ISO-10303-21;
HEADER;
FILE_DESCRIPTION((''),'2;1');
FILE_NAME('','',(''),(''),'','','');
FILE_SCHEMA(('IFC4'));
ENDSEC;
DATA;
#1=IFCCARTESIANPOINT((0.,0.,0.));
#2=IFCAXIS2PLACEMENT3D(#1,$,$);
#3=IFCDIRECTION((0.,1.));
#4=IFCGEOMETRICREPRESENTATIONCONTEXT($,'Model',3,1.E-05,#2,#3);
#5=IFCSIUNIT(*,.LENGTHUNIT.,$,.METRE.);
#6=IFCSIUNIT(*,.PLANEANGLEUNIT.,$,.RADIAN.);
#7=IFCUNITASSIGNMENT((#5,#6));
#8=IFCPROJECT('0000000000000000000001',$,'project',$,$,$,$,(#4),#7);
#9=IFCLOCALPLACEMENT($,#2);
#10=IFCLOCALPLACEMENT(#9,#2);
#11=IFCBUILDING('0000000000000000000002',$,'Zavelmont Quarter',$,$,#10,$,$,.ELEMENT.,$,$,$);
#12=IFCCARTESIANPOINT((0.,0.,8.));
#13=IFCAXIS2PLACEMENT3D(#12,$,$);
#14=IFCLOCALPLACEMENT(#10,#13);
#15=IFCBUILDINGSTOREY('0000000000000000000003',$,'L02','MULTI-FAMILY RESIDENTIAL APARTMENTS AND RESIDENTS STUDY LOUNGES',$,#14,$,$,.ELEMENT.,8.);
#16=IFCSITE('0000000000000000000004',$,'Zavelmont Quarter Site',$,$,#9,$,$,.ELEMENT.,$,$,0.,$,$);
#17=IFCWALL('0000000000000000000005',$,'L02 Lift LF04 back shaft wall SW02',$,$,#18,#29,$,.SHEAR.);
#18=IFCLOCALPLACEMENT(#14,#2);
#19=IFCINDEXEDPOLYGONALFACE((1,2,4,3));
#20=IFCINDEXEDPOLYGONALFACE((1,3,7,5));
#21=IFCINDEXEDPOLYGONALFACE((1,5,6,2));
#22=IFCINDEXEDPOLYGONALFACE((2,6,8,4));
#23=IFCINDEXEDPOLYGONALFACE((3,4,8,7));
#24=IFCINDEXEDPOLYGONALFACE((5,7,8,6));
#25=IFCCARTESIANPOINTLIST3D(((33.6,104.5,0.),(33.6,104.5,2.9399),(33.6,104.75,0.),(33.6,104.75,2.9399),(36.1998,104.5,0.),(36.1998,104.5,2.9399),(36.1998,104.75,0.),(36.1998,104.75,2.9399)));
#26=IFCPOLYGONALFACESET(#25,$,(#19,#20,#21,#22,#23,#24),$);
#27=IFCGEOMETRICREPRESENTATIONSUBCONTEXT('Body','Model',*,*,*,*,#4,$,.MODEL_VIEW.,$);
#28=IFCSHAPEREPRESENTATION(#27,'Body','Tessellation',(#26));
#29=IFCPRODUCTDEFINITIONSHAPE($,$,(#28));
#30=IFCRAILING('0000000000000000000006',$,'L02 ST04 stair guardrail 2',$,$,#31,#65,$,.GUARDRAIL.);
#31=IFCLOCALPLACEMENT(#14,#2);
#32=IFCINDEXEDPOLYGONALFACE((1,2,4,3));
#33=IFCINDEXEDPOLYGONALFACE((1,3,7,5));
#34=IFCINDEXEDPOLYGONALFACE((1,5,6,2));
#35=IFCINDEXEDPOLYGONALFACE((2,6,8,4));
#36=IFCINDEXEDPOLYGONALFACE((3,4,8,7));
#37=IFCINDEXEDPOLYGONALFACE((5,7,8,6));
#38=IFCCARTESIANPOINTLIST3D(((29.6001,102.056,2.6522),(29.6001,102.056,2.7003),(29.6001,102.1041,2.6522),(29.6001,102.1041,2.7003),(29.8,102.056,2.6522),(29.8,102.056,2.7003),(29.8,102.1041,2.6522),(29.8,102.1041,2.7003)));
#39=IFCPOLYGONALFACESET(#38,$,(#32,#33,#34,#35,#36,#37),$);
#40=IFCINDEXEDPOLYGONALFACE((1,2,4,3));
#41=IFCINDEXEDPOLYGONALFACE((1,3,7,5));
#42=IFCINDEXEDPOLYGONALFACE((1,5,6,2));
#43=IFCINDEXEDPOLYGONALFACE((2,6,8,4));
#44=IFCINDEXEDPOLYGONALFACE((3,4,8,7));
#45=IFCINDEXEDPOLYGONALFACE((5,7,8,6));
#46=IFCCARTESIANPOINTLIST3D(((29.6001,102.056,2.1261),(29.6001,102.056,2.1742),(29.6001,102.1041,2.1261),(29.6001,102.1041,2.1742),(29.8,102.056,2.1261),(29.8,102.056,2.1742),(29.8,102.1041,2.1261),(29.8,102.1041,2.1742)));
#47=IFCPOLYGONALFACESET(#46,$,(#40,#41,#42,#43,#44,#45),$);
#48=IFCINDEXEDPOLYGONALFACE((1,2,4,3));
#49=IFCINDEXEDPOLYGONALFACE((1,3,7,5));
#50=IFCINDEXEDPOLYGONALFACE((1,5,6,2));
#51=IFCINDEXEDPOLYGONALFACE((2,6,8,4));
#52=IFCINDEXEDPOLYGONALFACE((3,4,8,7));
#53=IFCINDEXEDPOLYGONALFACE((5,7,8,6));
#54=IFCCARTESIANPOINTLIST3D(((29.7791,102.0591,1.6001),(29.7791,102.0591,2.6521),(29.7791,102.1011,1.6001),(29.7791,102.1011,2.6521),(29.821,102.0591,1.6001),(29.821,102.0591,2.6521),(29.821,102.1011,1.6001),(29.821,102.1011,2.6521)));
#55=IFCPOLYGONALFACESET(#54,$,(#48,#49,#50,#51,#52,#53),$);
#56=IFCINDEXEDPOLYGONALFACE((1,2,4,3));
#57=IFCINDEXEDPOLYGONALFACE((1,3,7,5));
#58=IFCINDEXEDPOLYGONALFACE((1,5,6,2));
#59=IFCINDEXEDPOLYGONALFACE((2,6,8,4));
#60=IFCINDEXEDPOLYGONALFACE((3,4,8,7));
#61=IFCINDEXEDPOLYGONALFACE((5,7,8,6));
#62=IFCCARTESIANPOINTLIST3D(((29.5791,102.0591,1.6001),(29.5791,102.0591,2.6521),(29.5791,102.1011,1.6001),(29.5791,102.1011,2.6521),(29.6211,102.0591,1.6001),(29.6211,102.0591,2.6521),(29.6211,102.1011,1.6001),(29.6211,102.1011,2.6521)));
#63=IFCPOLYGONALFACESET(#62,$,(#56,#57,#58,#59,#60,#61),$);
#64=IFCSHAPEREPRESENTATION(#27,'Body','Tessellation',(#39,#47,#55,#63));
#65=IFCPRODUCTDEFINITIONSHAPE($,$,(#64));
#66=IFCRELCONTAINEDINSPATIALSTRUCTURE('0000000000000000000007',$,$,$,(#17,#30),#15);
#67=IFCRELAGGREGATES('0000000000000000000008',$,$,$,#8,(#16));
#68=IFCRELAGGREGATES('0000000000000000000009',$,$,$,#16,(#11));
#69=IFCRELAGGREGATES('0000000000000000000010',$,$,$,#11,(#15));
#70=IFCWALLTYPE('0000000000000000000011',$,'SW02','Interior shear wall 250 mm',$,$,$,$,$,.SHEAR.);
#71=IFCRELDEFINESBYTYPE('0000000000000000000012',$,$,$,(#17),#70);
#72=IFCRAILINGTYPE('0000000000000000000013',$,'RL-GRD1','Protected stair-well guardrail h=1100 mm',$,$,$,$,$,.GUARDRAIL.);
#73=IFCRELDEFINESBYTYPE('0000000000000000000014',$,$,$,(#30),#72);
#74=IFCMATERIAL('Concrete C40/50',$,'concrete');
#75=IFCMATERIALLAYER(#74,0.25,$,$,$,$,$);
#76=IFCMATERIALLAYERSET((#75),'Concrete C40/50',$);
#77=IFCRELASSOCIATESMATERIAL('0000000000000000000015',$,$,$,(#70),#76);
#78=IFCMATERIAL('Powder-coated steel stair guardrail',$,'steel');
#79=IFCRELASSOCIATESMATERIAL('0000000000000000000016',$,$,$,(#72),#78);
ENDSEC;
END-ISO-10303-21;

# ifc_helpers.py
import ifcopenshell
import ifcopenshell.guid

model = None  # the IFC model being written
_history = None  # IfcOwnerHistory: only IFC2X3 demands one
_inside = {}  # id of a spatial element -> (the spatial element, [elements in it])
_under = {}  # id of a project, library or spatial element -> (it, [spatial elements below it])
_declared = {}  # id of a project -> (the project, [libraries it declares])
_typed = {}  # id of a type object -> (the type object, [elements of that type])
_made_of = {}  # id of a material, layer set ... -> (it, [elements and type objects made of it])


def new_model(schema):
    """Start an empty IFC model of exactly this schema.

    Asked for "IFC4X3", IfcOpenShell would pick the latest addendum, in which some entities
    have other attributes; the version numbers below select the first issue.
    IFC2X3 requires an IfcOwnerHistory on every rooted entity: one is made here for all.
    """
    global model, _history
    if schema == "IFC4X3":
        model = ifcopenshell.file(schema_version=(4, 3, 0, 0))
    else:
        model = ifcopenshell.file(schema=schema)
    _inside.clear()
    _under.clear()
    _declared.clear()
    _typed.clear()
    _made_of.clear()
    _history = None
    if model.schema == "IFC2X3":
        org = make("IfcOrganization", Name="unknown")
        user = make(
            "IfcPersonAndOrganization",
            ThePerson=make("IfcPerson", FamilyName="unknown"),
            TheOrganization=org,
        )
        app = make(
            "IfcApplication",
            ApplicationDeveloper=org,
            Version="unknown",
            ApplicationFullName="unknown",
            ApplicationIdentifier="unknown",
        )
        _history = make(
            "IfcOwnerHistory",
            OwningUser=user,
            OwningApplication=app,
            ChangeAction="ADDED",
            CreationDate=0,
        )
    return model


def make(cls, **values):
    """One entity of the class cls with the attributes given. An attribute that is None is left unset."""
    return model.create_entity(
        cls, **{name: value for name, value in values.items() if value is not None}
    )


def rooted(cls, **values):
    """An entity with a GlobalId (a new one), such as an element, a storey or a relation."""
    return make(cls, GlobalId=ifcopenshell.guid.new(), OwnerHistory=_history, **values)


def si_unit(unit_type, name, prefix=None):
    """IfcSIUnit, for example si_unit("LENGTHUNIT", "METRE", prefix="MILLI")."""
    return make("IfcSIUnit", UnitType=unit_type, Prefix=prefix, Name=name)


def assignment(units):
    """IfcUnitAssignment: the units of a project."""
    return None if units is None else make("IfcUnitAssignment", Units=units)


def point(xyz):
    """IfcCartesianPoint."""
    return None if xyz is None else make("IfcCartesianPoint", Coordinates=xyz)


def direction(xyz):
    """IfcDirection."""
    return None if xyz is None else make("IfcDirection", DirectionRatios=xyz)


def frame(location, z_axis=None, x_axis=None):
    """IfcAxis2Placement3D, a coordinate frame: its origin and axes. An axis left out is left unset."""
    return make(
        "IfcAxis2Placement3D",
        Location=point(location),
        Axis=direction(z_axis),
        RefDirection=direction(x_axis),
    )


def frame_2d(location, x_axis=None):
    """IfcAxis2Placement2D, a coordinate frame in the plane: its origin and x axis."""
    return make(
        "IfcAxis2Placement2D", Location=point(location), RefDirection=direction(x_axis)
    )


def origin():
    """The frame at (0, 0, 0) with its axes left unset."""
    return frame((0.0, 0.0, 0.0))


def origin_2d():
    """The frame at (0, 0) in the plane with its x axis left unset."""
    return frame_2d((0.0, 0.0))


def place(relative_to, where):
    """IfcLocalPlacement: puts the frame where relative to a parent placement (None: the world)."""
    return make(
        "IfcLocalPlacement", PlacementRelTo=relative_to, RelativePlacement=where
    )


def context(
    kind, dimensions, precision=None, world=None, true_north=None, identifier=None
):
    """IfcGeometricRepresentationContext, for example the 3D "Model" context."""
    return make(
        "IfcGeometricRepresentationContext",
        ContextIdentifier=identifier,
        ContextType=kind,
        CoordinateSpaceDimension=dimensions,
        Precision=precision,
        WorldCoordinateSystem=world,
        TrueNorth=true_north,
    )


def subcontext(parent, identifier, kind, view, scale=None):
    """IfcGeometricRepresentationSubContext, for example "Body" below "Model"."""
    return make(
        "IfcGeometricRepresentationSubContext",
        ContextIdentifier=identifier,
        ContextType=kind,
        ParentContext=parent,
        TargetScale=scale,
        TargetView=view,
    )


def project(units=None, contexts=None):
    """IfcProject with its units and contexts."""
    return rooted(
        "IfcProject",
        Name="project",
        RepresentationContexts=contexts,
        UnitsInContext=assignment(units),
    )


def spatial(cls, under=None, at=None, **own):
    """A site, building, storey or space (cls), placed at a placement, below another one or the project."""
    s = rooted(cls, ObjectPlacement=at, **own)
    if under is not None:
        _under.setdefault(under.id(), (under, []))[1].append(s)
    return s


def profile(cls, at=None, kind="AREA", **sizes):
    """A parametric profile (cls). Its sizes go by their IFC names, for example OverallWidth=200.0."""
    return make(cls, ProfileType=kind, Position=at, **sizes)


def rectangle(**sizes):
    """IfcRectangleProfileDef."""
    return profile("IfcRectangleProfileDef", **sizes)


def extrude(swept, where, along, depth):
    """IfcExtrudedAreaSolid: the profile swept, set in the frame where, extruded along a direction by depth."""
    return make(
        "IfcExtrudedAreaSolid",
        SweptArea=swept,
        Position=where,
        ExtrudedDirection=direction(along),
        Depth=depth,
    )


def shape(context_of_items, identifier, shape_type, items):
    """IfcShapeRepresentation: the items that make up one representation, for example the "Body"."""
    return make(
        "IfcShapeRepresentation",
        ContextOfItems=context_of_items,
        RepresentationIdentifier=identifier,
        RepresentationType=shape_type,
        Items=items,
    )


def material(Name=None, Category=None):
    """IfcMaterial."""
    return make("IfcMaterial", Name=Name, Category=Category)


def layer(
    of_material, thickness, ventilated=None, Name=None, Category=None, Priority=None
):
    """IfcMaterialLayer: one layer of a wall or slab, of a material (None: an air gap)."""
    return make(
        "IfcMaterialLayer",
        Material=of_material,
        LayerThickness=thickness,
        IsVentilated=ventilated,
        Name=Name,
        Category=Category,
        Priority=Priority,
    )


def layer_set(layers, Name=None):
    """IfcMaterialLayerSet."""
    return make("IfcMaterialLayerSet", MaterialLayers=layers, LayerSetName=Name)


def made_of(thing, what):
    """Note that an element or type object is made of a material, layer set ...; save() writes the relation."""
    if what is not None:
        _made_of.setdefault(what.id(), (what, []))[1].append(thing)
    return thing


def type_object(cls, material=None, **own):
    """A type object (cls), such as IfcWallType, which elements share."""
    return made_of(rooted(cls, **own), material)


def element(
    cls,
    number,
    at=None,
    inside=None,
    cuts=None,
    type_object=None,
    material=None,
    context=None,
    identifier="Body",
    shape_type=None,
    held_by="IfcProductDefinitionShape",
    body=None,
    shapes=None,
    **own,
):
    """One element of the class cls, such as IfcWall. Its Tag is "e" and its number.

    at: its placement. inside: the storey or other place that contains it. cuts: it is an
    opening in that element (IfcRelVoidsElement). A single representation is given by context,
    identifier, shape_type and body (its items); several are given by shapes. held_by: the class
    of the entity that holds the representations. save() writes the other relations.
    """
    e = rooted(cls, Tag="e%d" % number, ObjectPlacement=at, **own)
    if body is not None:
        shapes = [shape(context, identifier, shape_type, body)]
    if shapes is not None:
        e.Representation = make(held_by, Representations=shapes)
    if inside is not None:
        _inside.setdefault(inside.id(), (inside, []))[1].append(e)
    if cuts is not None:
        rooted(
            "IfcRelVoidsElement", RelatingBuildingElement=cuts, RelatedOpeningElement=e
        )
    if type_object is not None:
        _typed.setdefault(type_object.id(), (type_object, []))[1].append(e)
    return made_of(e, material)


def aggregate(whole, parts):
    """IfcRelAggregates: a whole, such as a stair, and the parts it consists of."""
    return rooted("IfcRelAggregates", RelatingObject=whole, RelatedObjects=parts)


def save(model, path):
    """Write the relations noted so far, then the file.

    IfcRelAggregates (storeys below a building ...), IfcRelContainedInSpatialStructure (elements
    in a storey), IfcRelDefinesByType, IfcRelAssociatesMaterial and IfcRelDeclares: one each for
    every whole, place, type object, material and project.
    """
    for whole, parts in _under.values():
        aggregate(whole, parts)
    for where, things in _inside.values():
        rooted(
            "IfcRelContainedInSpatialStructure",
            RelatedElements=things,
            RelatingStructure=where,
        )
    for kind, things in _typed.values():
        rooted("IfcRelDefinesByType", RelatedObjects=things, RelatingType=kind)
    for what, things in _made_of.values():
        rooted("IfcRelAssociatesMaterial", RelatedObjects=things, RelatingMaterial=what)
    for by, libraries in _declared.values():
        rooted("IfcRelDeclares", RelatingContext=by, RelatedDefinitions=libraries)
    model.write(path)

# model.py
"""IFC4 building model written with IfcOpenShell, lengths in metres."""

from ifc_helpers import new_model, si_unit, direction, frame, frame_2d, origin, origin_2d, place, context, subcontext, project, spatial, rectangle, extrude, material, layer, layer_set, type_object, element, save


model = new_model("IFC4")

# Units and contexts
model_context = context("Model", 3, precision=1e-05, world=origin(), true_north=direction((0.0, 1.0)))
body_context = subcontext(model_context, "Body", "Model", "MODEL_VIEW")
ifc_project = project(units=[si_unit("LENGTHUNIT", "METRE"), si_unit("PLANEANGLEUNIT", "RADIAN")], contexts=[model_context])

# Site, building, storey
site_placement = place(None, origin())
site = spatial("IfcSite", under=ifc_project, at=site_placement, Name="Zavelmont Quarter Site", CompositionType="ELEMENT", RefElevation=0.0)
building_placement = place(site_placement, origin())
building = spatial("IfcBuilding", under=site, at=building_placement, Name="Zavelmont Quarter", CompositionType="ELEMENT")
storey_placement = place(building_placement, frame((0.0, 0.0, 8.0)))
storey = spatial("IfcBuildingStorey", under=building, at=storey_placement, Name="L02", Description="MULTI-FAMILY RESIDENTIAL APARTMENTS AND RESIDENTS STUDY LOUNGES", CompositionType="ELEMENT", Elevation=8.0)

# Shared definitions
ifc_material_1 = material(Name="Concrete C40/50", Category="concrete")

# Wall
ifc_layer_1 = layer(ifc_material_1, 0.25)
ifc_layer_set_1 = layer_set([ifc_layer_1], Name="Concrete C40/50")
wall_type_1 = type_object("IfcWallType", Name="SW02", Description="Interior shear wall 250 mm", PredefinedType="SHEAR", material=ifc_layer_set_1)
wall_1_placement = place(storey_placement, frame((33.6001, 104.625, 0.0), z_axis=(0.0, 0.0, 1.0), x_axis=(1.0, 0.0, 0.0)))
element("IfcWall", 1, at=wall_1_placement, inside=storey, type_object=wall_type_1, Name="L02 Lift LF04 back shaft wall SW02", PredefinedType="SHEAR", context=body_context, shape_type="SweptSolid", body=[
    extrude(rectangle(XDim=2.5999, YDim=0.25, at=frame_2d((1.2998, 0.0))), origin(), (0.0, 0.0, 1.0), 2.9399),
])

# Railing
ifc_material_2 = material(Name="Powder-coated steel stair guardrail", Category="steel")
railing_type = type_object("IfcRailingType", Name="RL-GRD1", Description="Protected stair-well guardrail h=1100 mm", PredefinedType="GUARDRAIL", material=ifc_material_2)
railing_placement = place(storey_placement, frame((29.8, 102.0801, 1.6001)))
element("IfcRailing", 2, at=railing_placement, inside=storey, type_object=railing_type, Name="L02 ST04 stair guardrail 2", PredefinedType="GUARDRAIL", context=body_context, shape_type="SweptSolid", body=[
    extrude(rectangle(XDim=0.0481, YDim=0.0481, at=origin_2d()), frame((0.0, 0.0, 1.0762), z_axis=(-1.0, 0.0, 0.0), x_axis=(0.0, -1.0, 0.0)), (0.0, 0.0, 1.0), 0.2),
    extrude(rectangle(XDim=0.0481, YDim=0.0481, at=origin_2d()), frame((0.0, 0.0, 0.55), z_axis=(-1.0, 0.0, 0.0), x_axis=(0.0, -1.0, 0.0)), (0.0, 0.0, 1.0), 0.2),
    extrude(rectangle(XDim=0.042, YDim=0.042, at=origin_2d()), origin(), (0.0, 0.0, 1.0), 1.052),
    extrude(rectangle(XDim=0.042, YDim=0.042, at=origin_2d()), frame((-0.2, 0.0, 0.0)), (0.0, 0.0, 1.0), 1.052),
])

save(model, "model.ifc")
